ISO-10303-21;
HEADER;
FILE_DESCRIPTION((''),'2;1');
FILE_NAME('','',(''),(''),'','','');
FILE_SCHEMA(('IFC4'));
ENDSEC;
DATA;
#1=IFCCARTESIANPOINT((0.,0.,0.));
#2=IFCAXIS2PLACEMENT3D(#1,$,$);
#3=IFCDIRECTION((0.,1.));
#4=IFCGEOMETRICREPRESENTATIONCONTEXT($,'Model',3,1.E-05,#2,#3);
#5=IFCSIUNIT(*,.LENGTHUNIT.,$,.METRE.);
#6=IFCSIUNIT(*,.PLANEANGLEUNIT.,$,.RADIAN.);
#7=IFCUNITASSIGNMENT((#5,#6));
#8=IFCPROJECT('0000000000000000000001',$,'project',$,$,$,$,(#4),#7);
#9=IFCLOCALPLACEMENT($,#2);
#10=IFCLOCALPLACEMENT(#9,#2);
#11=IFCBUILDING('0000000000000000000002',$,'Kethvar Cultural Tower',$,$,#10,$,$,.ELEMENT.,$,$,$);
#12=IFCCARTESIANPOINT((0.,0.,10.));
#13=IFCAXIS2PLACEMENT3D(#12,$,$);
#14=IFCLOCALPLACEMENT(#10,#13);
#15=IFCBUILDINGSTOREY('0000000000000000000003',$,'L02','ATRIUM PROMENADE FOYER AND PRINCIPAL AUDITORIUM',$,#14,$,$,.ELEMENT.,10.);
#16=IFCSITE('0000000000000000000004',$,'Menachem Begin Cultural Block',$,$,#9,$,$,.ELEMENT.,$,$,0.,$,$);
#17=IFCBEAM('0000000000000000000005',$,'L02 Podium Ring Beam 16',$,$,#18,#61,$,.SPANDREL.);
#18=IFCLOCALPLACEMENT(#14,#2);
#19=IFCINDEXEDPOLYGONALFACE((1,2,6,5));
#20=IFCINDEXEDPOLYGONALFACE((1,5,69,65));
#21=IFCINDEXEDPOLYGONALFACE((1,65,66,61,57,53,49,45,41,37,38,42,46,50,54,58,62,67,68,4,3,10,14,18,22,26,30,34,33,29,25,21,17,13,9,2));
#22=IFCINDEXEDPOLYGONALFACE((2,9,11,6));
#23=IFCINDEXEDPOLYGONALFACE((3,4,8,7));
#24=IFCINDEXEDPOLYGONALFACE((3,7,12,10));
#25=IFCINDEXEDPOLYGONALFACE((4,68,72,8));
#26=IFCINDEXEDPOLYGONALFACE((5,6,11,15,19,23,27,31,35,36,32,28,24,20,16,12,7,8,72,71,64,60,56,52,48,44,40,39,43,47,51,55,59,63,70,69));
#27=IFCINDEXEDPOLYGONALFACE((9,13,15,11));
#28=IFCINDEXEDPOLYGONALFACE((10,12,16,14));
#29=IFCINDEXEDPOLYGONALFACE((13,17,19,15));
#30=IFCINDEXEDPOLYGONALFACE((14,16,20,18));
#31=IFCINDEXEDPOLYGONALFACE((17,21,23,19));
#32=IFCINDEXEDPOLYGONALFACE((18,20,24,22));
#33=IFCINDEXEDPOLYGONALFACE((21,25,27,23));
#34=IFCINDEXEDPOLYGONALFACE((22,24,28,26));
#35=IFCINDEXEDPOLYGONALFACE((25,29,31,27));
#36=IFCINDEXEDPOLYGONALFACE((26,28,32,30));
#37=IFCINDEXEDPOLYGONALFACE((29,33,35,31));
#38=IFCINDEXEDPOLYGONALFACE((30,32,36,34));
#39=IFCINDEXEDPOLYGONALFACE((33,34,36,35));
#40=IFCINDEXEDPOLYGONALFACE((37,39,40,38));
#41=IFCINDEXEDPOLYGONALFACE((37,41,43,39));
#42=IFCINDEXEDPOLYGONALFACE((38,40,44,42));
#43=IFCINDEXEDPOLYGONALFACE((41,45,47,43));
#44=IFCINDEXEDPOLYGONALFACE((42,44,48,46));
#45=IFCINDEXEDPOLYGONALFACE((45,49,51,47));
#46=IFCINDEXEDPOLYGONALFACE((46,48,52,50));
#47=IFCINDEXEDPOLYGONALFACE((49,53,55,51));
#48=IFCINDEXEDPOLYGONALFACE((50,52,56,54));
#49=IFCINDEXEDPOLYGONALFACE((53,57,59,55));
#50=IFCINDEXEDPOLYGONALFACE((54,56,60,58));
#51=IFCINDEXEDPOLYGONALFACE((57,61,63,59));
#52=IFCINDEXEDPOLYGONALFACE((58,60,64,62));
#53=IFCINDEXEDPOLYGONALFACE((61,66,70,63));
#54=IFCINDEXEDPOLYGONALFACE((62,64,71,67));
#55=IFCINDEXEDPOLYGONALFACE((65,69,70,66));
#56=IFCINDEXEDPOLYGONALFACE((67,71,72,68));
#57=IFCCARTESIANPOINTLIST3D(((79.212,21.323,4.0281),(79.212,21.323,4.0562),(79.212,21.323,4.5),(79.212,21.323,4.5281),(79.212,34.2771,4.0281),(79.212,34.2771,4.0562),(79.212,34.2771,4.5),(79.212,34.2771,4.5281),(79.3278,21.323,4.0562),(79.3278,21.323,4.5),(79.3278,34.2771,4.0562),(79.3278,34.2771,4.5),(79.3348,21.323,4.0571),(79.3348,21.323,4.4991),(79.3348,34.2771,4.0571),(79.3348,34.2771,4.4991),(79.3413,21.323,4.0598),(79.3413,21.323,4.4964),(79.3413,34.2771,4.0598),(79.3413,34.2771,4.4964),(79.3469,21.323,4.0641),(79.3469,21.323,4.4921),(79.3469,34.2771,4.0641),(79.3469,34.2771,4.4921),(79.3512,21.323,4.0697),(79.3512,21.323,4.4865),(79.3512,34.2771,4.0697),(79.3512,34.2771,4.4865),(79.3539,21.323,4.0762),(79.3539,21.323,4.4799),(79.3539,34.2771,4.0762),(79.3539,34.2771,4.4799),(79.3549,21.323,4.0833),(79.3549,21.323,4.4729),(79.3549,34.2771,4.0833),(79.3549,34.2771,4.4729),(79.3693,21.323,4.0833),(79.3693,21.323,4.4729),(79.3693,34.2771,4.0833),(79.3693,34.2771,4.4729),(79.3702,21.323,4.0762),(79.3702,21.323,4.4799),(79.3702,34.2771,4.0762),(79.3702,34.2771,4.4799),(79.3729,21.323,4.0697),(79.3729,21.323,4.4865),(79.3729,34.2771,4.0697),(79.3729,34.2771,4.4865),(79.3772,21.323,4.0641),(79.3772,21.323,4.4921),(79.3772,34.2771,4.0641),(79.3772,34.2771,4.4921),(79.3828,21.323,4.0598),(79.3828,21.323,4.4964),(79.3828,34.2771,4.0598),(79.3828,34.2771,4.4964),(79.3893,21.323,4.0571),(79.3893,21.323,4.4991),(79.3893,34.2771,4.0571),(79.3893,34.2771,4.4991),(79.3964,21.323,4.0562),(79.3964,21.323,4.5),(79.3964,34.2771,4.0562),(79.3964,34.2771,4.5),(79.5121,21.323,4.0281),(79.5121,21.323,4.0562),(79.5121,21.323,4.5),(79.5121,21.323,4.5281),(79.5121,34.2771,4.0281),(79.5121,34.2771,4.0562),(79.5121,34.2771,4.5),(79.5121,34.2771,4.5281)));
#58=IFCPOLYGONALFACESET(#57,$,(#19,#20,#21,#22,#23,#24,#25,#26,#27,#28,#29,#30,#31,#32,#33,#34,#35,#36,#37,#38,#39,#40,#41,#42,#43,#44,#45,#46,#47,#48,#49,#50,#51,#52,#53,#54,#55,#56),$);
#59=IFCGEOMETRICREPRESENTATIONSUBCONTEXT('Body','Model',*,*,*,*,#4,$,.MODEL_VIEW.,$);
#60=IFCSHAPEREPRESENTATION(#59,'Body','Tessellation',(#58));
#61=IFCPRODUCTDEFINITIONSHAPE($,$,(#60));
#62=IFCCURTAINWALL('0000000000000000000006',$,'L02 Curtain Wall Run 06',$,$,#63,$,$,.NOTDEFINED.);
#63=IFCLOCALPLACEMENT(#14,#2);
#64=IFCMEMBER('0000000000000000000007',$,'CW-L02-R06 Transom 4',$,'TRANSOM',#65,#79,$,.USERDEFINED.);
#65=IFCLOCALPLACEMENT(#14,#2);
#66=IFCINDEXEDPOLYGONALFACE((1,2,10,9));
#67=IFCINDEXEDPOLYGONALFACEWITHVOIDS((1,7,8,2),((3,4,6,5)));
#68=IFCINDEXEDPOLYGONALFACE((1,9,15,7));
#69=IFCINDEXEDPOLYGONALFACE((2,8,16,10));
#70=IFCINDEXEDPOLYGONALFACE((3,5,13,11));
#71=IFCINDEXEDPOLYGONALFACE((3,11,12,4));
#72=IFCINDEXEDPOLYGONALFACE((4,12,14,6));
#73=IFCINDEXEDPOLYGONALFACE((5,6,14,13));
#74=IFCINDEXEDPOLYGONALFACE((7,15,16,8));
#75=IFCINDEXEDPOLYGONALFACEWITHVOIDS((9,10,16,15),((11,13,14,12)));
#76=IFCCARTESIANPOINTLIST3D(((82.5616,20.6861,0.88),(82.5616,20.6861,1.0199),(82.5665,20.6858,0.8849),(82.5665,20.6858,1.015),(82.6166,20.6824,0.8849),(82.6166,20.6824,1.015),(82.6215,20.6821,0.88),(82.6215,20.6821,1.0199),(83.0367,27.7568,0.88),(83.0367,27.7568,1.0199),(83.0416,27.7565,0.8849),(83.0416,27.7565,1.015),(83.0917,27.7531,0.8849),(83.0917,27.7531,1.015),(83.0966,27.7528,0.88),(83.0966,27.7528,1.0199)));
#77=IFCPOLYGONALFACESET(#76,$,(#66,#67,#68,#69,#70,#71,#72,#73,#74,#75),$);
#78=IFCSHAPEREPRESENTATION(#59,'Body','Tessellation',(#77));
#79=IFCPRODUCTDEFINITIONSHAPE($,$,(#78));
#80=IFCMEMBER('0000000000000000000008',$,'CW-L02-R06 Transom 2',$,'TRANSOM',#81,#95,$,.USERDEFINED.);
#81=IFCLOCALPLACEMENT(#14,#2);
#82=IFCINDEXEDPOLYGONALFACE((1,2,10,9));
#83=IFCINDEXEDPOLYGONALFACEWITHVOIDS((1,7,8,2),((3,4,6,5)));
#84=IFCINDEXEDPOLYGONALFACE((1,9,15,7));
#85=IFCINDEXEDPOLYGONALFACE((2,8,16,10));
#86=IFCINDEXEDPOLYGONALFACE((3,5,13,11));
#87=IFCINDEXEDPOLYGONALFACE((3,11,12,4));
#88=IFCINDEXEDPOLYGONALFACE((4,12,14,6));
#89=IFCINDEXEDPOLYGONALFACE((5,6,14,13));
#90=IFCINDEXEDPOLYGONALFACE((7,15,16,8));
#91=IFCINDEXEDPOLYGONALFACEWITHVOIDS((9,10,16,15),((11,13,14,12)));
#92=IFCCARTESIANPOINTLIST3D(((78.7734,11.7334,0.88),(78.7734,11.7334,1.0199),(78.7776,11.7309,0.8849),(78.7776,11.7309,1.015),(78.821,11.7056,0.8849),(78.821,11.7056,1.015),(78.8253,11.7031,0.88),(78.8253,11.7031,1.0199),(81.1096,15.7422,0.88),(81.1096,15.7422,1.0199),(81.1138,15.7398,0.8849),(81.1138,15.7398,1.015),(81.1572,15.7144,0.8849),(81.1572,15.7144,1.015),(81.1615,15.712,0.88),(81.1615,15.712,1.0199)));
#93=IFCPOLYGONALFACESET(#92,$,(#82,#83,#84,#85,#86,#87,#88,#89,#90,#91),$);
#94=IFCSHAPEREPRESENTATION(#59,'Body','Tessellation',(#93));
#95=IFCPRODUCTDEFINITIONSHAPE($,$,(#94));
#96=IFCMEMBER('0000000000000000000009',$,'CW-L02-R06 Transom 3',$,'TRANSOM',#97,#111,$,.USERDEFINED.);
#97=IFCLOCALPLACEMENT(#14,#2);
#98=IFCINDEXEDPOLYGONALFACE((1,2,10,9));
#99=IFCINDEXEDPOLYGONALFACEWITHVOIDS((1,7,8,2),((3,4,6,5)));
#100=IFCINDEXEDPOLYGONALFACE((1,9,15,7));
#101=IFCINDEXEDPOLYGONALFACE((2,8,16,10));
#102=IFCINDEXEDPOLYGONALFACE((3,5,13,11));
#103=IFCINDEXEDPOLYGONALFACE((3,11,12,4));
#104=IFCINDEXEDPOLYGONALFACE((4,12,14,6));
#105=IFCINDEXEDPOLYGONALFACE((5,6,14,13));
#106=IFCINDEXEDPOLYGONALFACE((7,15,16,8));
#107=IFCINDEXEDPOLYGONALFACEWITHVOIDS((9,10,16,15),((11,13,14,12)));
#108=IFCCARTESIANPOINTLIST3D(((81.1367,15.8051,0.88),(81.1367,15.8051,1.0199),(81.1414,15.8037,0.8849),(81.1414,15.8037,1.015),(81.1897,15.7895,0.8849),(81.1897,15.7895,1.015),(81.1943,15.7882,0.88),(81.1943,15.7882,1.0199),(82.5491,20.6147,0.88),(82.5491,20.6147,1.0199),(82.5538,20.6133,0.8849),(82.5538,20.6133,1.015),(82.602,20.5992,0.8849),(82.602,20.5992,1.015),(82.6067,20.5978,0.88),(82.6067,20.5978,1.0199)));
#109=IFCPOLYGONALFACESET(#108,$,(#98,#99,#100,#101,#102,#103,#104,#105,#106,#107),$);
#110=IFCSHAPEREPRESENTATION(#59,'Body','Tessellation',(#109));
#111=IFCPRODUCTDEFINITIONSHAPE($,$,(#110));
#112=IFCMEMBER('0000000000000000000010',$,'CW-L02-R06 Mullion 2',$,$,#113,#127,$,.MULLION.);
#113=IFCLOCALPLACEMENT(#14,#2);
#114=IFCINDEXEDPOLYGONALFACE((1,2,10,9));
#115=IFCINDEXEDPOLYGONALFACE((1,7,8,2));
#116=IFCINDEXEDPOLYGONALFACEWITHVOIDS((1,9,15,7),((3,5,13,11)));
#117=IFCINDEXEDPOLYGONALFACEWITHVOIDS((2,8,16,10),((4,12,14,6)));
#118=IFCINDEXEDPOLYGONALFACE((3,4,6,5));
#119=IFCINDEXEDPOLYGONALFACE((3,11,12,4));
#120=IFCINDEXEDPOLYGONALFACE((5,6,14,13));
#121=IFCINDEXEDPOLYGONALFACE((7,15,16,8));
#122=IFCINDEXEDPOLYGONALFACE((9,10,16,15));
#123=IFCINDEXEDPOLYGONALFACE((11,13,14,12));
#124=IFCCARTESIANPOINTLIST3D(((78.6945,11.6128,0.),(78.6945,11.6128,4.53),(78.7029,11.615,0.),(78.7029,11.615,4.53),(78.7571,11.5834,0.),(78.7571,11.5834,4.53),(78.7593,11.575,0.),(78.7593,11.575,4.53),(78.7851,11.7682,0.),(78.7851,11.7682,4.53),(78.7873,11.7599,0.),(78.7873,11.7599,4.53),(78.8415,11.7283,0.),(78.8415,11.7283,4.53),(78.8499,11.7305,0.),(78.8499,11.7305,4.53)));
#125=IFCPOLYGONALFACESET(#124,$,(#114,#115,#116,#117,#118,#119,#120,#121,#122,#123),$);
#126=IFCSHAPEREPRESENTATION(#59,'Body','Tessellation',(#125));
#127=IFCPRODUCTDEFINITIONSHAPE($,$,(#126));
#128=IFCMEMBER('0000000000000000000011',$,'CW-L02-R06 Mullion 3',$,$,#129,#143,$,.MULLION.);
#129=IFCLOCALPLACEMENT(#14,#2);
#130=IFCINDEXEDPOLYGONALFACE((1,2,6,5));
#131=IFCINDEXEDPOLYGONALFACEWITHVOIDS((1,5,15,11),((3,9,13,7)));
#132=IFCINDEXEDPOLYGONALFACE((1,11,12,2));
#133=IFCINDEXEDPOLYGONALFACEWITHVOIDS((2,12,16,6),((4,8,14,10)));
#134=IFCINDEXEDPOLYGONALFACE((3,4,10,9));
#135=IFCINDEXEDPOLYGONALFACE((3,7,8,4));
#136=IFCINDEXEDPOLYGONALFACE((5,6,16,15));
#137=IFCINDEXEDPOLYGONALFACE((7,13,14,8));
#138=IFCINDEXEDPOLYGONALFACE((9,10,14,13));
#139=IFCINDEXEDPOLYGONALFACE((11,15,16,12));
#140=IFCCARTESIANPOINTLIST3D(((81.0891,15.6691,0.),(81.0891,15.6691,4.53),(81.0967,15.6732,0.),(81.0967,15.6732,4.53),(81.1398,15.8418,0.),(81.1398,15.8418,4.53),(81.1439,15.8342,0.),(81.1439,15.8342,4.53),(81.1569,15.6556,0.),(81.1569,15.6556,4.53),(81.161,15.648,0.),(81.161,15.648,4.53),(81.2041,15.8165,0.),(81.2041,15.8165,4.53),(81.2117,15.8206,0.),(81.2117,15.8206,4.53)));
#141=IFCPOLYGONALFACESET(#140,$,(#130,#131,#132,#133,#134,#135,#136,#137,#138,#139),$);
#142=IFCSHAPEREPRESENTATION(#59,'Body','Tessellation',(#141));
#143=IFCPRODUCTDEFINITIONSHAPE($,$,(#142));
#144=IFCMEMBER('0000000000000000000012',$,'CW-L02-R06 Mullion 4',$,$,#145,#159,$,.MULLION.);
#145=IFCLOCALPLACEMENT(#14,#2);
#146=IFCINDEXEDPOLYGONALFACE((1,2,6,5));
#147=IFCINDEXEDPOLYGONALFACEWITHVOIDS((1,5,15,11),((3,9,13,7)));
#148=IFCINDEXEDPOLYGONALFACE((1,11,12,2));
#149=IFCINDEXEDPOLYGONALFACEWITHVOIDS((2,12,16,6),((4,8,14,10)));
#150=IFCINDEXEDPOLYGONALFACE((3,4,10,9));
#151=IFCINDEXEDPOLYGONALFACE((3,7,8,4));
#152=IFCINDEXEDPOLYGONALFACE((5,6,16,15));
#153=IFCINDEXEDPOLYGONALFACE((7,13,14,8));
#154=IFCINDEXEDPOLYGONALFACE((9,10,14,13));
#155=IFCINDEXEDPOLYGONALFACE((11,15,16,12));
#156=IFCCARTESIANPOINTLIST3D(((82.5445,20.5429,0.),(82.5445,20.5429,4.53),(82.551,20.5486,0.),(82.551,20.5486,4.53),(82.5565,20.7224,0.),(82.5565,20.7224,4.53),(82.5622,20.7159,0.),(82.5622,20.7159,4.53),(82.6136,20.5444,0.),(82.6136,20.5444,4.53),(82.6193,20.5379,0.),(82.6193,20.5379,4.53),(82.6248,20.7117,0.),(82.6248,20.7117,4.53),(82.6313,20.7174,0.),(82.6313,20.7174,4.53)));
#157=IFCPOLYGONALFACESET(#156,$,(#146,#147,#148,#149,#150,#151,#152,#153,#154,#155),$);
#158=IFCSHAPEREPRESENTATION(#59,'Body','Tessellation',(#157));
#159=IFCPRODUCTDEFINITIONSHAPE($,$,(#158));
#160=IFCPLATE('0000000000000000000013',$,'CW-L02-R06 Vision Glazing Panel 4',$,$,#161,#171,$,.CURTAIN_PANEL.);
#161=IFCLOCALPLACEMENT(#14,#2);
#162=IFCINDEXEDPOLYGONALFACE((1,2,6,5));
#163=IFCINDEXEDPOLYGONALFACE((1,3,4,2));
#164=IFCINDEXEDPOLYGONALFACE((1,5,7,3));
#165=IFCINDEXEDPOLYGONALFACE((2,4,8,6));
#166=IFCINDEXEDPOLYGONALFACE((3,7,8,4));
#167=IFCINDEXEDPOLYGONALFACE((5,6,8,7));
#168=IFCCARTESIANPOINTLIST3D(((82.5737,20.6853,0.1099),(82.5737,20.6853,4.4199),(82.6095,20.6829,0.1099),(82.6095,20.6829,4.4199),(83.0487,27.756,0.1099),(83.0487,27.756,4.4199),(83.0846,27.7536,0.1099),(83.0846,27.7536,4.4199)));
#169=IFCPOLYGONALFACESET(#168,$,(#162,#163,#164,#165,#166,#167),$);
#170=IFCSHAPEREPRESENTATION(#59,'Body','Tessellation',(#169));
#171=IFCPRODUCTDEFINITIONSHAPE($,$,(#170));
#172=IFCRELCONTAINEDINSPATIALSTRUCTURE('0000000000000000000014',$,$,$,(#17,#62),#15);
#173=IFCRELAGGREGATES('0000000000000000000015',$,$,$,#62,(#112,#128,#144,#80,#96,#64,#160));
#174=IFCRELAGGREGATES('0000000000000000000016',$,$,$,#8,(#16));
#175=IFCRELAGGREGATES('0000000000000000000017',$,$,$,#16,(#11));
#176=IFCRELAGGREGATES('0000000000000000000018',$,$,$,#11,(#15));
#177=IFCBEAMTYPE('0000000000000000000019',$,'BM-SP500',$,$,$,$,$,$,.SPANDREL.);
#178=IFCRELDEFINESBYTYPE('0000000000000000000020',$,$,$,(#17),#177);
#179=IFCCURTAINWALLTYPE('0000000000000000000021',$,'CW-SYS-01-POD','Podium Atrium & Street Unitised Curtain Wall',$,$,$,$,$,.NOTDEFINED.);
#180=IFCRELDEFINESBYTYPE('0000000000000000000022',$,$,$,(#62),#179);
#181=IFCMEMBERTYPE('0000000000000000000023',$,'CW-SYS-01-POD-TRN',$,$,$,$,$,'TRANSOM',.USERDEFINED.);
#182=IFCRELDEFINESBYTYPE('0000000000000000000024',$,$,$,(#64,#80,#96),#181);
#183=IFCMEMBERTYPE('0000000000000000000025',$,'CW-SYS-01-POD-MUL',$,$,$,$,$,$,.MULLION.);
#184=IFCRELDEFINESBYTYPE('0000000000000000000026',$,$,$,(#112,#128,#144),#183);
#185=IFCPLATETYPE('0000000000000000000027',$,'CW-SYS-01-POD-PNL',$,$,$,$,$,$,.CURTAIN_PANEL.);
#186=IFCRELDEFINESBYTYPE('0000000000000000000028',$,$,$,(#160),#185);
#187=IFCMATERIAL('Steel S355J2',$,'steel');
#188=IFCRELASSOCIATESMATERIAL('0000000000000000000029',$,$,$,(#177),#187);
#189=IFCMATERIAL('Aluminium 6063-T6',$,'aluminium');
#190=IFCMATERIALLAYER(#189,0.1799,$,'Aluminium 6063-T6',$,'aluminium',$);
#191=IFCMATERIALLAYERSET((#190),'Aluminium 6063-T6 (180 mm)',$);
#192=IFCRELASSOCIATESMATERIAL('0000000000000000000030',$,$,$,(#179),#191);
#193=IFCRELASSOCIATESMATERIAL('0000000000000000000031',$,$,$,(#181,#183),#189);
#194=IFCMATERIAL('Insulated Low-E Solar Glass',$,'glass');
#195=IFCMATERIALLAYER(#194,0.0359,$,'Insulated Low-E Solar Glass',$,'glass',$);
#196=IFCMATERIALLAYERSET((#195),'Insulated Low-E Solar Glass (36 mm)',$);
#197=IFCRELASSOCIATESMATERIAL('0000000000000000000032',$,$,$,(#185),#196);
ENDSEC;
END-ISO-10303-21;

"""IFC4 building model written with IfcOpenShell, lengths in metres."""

from ifc_helpers import new_model, si_unit, direction, frame, origin, origin_2d, place, context, subcontext, project, spatial, rectangle, hollow_rectangle, i_section, extrude, source, transform, mapped, material, layer, layer_set, material_profile, profile_set, type_object, element, aggregate, save


model = new_model("IFC4")

# Units and contexts
model_context = context("Model", 3, precision=1e-05, world=origin(), true_north=direction((0.0, 1.0)))
body_context = subcontext(model_context, "Body", "Model", "MODEL_VIEW")
ifc_project = project(units=[si_unit("LENGTHUNIT", "METRE"), si_unit("PLANEANGLEUNIT", "RADIAN")], contexts=[model_context])

# Site, building, storey
site_placement = place(None, origin())
site = spatial("IfcSite", under=ifc_project, at=site_placement, Name="Menachem Begin Cultural Block", CompositionType="ELEMENT", RefElevation=0.0)
building_placement = place(site_placement, origin())
building = spatial("IfcBuilding", under=site, at=building_placement, Name="Kethvar Cultural Tower", CompositionType="ELEMENT")
storey_placement = place(building_placement, frame((0.0, 0.0, 10.0)))
storey = spatial("IfcBuildingStorey", under=building, at=storey_placement, Name="L02", Description="ATRIUM PROMENADE FOYER AND PRINCIPAL AUDITORIUM", CompositionType="ELEMENT", Elevation=10.0)

# Beam
ifc_material_1 = material(Name="Steel S355J2", Category="steel")
ifc_material_profile_1 = material_profile(ifc_material_1, i_section(OverallWidth=0.3, OverallDepth=0.5, WebThickness=0.0144, FlangeThickness=0.0281, FilletRadius=0.0271, at=origin_2d()), Name="Steel S355J2 — HEB500")
ifc_profile_set_1 = profile_set([ifc_material_profile_1], Name="Steel S355J2 — HEB500")
beam_type = type_object("IfcBeamType", Name="BM-SP500", PredefinedType="SPANDREL", material=ifc_profile_set_1)
shared_shape_1 = source(origin(), body_context, "Body", "SweptSolid", [
    extrude(i_section(OverallWidth=0.3, OverallDepth=0.5, WebThickness=0.0144, FlangeThickness=0.0281, FilletRadius=0.0271, at=origin_2d()), origin(), (0.0, 0.0, 1.0), 12.9541),
])
beam_1_placement = place(storey_placement, frame((79.3621, 21.323, 4.2781), z_axis=(0.0, 1.0, 0.0), x_axis=(-1.0, 0.0, 0.0)))
element("IfcBeam", 1, at=beam_1_placement, inside=storey, type_object=beam_type, Name="L02 Podium Ring Beam 16", PredefinedType="SPANDREL", context=body_context, shape_type="MappedRepresentation", body=[
    mapped(shared_shape_1, transform((0.0, 0.0, 0.0), scale=1.0)),
])

# Curtain wall, members, plate
ifc_material_2 = material(Name="Aluminium 6063-T6", Category="aluminium")
ifc_layer_1 = layer(ifc_material_2, 0.1799, Name="Aluminium 6063-T6", Category="aluminium")
ifc_layer_set_1 = layer_set([ifc_layer_1], Name="Aluminium 6063-T6 (180 mm)")
curtain_wall_type = type_object("IfcCurtainWallType", Name="CW-SYS-01-POD", Description="Podium Atrium & Street Unitised Curtain Wall", PredefinedType="NOTDEFINED", material=ifc_layer_set_1)
curtain_wall_placement = place(storey_placement, origin())
curtain_wall = element("IfcCurtainWall", 2, at=curtain_wall_placement, inside=storey, type_object=curtain_wall_type, Name="L02 Curtain Wall Run 06", PredefinedType="NOTDEFINED")
ifc_material_profile_2 = material_profile(ifc_material_2, hollow_rectangle(XDim=0.0601, YDim=0.1399, WallThickness=0.0049, at=origin_2d()), Name="Aluminium 6063-T6 — RHS140x60x5")
ifc_profile_set_2 = profile_set([ifc_material_profile_2], Name="Aluminium 6063-T6 — RHS140x60x5")
member_type_1 = type_object("IfcMemberType", Name="CW-SYS-01-POD-TRN", ElementType="TRANSOM", PredefinedType="USERDEFINED", material=ifc_profile_set_2)
shared_shape_2 = source(origin(), body_context, "Body", "SweptSolid", [
    extrude(hollow_rectangle(XDim=0.0601, YDim=0.1399, WallThickness=0.0049, at=origin_2d()), origin(), (0.0, 0.0, 1.0), 7.0867),
])
member_1_placement = place(storey_placement, frame((82.5916, 20.6841, 0.95), z_axis=(0.06704, 0.99775, 0.0), x_axis=(-0.99775, 0.06704, 0.0)))
member_1 = element("IfcMember", 3, at=member_1_placement, type_object=member_type_1, Name="CW-L02-R06 Transom 4", ObjectType="TRANSOM", PredefinedType="USERDEFINED", context=body_context, shape_type="MappedRepresentation", body=[
    mapped(shared_shape_2, transform((0.0, 0.0, 0.0), scale=1.0)),
])
shared_shape_3 = source(origin(), body_context, "Body", "SweptSolid", [
    extrude(hollow_rectangle(XDim=0.0601, YDim=0.1399, WallThickness=0.0049, at=origin_2d()), origin(), (0.0, 0.0, 1.0), 4.6399),
])
member_2_placement = place(storey_placement, frame((78.7993, 11.7183, 0.95), z_axis=(0.503505, 0.863993, 0.0), x_axis=(-0.863993, 0.503505, 0.0)))
member_2 = element("IfcMember", 4, at=member_2_placement, type_object=member_type_1, Name="CW-L02-R06 Transom 2", ObjectType="TRANSOM", PredefinedType="USERDEFINED", context=body_context, shape_type="MappedRepresentation", body=[
    mapped(shared_shape_3, transform((0.0, 0.0, 0.0), scale=1.0)),
])
shared_shape_4 = source(origin(), body_context, "Body", "SweptSolid", [
    extrude(hollow_rectangle(XDim=0.0601, YDim=0.1399, WallThickness=0.0049, at=origin_2d()), origin(), (0.0, 0.0, 1.0), 5.0127),
])
member_3_placement = place(storey_placement, frame((81.1655, 15.7966, 0.95), z_axis=(0.281758, 0.959486, 0.0), x_axis=(-0.959486, 0.281758, 0.0)))
member_3 = element("IfcMember", 5, at=member_3_placement, type_object=member_type_1, Name="CW-L02-R06 Transom 3", ObjectType="TRANSOM", PredefinedType="USERDEFINED", context=body_context, shape_type="MappedRepresentation", body=[
    mapped(shared_shape_4, transform((0.0, 0.0, 0.0), scale=1.0)),
])
ifc_material_profile_3 = material_profile(ifc_material_2, hollow_rectangle(XDim=0.075, YDim=0.1799, WallThickness=0.0061, at=origin_2d()), Name="Aluminium 6063-T6 — RHS180x75x6")
ifc_profile_set_3 = profile_set([ifc_material_profile_3], Name="Aluminium 6063-T6 — RHS180x75x6")
member_type_2 = type_object("IfcMemberType", Name="CW-SYS-01-POD-MUL", PredefinedType="MULLION", material=ifc_profile_set_3)
shared_shape_5 = source(origin(), body_context, "Body", "SweptSolid", [
    extrude(hollow_rectangle(XDim=0.075, YDim=0.1799, WallThickness=0.0061, at=origin_2d()), origin(), (0.0, 0.0, 1.0), 4.53),
])
member_4_placement = place(storey_placement, frame((78.7722, 11.6716, 0.0), z_axis=(0.0, 0.0, 1.0), x_axis=(-0.863985, 0.503518, 0.0)))
member_4 = element("IfcMember", 6, at=member_4_placement, type_object=member_type_2, Name="CW-L02-R06 Mullion 2", PredefinedType="MULLION", context=body_context, shape_type="MappedRepresentation", body=[
    mapped(shared_shape_5, transform((0.0, 0.0, 0.0), scale=1.0)),
])
member_5_placement = place(storey_placement, frame((81.1504, 15.7449, 0.0), z_axis=(0.0, 0.0, 1.0), x_axis=(-0.959496, 0.281722, 0.0)))
member_5 = element("IfcMember", 7, at=member_5_placement, type_object=member_type_2, Name="CW-L02-R06 Mullion 3", PredefinedType="MULLION", context=body_context, shape_type="MappedRepresentation", body=[
    mapped(shared_shape_5, transform((0.0, 0.0, 0.0), scale=1.0)),
])
member_6_placement = place(storey_placement, frame((82.5879, 20.6301, 0.0), z_axis=(0.0, 0.0, 1.0), x_axis=(-0.99775, 0.06704, 0.0)))
member_6 = element("IfcMember", 8, at=member_6_placement, type_object=member_type_2, Name="CW-L02-R06 Mullion 4", PredefinedType="MULLION", context=body_context, shape_type="MappedRepresentation", body=[
    mapped(shared_shape_5, transform((0.0, 0.0, 0.0), scale=1.0)),
])
ifc_material_3 = material(Name="Insulated Low-E Solar Glass", Category="glass")
ifc_layer_2 = layer(ifc_material_3, 0.0359, Name="Insulated Low-E Solar Glass", Category="glass")
ifc_layer_set_2 = layer_set([ifc_layer_2], Name="Insulated Low-E Solar Glass (36 mm)")
plate_type = type_object("IfcPlateType", Name="CW-SYS-01-POD-PNL", PredefinedType="CURTAIN_PANEL", material=ifc_layer_set_2)
shared_shape_6 = source(origin(), body_context, "Body", "SweptSolid", [
    extrude(rectangle(XDim=7.0867, YDim=0.0359, at=origin_2d()), origin(), (0.0, 0.0, 1.0), 4.3101),
])
plate_1_placement = place(storey_placement, frame((82.8291, 24.2195, 0.1099), z_axis=(0.0, 0.0, 1.0), x_axis=(0.06704, 0.99775, 0.0)))
plate_1 = element("IfcPlate", 9, at=plate_1_placement, type_object=plate_type, Name="CW-L02-R06 Vision Glazing Panel 4", PredefinedType="CURTAIN_PANEL", context=body_context, shape_type="MappedRepresentation", body=[
    mapped(shared_shape_6, transform((0.0, 0.0, 0.0), scale=1.0)),
])
aggregate(curtain_wall, [member_4, member_5, member_6, member_2, member_3, member_1, plate_1])

save(model, "model.ifc")
